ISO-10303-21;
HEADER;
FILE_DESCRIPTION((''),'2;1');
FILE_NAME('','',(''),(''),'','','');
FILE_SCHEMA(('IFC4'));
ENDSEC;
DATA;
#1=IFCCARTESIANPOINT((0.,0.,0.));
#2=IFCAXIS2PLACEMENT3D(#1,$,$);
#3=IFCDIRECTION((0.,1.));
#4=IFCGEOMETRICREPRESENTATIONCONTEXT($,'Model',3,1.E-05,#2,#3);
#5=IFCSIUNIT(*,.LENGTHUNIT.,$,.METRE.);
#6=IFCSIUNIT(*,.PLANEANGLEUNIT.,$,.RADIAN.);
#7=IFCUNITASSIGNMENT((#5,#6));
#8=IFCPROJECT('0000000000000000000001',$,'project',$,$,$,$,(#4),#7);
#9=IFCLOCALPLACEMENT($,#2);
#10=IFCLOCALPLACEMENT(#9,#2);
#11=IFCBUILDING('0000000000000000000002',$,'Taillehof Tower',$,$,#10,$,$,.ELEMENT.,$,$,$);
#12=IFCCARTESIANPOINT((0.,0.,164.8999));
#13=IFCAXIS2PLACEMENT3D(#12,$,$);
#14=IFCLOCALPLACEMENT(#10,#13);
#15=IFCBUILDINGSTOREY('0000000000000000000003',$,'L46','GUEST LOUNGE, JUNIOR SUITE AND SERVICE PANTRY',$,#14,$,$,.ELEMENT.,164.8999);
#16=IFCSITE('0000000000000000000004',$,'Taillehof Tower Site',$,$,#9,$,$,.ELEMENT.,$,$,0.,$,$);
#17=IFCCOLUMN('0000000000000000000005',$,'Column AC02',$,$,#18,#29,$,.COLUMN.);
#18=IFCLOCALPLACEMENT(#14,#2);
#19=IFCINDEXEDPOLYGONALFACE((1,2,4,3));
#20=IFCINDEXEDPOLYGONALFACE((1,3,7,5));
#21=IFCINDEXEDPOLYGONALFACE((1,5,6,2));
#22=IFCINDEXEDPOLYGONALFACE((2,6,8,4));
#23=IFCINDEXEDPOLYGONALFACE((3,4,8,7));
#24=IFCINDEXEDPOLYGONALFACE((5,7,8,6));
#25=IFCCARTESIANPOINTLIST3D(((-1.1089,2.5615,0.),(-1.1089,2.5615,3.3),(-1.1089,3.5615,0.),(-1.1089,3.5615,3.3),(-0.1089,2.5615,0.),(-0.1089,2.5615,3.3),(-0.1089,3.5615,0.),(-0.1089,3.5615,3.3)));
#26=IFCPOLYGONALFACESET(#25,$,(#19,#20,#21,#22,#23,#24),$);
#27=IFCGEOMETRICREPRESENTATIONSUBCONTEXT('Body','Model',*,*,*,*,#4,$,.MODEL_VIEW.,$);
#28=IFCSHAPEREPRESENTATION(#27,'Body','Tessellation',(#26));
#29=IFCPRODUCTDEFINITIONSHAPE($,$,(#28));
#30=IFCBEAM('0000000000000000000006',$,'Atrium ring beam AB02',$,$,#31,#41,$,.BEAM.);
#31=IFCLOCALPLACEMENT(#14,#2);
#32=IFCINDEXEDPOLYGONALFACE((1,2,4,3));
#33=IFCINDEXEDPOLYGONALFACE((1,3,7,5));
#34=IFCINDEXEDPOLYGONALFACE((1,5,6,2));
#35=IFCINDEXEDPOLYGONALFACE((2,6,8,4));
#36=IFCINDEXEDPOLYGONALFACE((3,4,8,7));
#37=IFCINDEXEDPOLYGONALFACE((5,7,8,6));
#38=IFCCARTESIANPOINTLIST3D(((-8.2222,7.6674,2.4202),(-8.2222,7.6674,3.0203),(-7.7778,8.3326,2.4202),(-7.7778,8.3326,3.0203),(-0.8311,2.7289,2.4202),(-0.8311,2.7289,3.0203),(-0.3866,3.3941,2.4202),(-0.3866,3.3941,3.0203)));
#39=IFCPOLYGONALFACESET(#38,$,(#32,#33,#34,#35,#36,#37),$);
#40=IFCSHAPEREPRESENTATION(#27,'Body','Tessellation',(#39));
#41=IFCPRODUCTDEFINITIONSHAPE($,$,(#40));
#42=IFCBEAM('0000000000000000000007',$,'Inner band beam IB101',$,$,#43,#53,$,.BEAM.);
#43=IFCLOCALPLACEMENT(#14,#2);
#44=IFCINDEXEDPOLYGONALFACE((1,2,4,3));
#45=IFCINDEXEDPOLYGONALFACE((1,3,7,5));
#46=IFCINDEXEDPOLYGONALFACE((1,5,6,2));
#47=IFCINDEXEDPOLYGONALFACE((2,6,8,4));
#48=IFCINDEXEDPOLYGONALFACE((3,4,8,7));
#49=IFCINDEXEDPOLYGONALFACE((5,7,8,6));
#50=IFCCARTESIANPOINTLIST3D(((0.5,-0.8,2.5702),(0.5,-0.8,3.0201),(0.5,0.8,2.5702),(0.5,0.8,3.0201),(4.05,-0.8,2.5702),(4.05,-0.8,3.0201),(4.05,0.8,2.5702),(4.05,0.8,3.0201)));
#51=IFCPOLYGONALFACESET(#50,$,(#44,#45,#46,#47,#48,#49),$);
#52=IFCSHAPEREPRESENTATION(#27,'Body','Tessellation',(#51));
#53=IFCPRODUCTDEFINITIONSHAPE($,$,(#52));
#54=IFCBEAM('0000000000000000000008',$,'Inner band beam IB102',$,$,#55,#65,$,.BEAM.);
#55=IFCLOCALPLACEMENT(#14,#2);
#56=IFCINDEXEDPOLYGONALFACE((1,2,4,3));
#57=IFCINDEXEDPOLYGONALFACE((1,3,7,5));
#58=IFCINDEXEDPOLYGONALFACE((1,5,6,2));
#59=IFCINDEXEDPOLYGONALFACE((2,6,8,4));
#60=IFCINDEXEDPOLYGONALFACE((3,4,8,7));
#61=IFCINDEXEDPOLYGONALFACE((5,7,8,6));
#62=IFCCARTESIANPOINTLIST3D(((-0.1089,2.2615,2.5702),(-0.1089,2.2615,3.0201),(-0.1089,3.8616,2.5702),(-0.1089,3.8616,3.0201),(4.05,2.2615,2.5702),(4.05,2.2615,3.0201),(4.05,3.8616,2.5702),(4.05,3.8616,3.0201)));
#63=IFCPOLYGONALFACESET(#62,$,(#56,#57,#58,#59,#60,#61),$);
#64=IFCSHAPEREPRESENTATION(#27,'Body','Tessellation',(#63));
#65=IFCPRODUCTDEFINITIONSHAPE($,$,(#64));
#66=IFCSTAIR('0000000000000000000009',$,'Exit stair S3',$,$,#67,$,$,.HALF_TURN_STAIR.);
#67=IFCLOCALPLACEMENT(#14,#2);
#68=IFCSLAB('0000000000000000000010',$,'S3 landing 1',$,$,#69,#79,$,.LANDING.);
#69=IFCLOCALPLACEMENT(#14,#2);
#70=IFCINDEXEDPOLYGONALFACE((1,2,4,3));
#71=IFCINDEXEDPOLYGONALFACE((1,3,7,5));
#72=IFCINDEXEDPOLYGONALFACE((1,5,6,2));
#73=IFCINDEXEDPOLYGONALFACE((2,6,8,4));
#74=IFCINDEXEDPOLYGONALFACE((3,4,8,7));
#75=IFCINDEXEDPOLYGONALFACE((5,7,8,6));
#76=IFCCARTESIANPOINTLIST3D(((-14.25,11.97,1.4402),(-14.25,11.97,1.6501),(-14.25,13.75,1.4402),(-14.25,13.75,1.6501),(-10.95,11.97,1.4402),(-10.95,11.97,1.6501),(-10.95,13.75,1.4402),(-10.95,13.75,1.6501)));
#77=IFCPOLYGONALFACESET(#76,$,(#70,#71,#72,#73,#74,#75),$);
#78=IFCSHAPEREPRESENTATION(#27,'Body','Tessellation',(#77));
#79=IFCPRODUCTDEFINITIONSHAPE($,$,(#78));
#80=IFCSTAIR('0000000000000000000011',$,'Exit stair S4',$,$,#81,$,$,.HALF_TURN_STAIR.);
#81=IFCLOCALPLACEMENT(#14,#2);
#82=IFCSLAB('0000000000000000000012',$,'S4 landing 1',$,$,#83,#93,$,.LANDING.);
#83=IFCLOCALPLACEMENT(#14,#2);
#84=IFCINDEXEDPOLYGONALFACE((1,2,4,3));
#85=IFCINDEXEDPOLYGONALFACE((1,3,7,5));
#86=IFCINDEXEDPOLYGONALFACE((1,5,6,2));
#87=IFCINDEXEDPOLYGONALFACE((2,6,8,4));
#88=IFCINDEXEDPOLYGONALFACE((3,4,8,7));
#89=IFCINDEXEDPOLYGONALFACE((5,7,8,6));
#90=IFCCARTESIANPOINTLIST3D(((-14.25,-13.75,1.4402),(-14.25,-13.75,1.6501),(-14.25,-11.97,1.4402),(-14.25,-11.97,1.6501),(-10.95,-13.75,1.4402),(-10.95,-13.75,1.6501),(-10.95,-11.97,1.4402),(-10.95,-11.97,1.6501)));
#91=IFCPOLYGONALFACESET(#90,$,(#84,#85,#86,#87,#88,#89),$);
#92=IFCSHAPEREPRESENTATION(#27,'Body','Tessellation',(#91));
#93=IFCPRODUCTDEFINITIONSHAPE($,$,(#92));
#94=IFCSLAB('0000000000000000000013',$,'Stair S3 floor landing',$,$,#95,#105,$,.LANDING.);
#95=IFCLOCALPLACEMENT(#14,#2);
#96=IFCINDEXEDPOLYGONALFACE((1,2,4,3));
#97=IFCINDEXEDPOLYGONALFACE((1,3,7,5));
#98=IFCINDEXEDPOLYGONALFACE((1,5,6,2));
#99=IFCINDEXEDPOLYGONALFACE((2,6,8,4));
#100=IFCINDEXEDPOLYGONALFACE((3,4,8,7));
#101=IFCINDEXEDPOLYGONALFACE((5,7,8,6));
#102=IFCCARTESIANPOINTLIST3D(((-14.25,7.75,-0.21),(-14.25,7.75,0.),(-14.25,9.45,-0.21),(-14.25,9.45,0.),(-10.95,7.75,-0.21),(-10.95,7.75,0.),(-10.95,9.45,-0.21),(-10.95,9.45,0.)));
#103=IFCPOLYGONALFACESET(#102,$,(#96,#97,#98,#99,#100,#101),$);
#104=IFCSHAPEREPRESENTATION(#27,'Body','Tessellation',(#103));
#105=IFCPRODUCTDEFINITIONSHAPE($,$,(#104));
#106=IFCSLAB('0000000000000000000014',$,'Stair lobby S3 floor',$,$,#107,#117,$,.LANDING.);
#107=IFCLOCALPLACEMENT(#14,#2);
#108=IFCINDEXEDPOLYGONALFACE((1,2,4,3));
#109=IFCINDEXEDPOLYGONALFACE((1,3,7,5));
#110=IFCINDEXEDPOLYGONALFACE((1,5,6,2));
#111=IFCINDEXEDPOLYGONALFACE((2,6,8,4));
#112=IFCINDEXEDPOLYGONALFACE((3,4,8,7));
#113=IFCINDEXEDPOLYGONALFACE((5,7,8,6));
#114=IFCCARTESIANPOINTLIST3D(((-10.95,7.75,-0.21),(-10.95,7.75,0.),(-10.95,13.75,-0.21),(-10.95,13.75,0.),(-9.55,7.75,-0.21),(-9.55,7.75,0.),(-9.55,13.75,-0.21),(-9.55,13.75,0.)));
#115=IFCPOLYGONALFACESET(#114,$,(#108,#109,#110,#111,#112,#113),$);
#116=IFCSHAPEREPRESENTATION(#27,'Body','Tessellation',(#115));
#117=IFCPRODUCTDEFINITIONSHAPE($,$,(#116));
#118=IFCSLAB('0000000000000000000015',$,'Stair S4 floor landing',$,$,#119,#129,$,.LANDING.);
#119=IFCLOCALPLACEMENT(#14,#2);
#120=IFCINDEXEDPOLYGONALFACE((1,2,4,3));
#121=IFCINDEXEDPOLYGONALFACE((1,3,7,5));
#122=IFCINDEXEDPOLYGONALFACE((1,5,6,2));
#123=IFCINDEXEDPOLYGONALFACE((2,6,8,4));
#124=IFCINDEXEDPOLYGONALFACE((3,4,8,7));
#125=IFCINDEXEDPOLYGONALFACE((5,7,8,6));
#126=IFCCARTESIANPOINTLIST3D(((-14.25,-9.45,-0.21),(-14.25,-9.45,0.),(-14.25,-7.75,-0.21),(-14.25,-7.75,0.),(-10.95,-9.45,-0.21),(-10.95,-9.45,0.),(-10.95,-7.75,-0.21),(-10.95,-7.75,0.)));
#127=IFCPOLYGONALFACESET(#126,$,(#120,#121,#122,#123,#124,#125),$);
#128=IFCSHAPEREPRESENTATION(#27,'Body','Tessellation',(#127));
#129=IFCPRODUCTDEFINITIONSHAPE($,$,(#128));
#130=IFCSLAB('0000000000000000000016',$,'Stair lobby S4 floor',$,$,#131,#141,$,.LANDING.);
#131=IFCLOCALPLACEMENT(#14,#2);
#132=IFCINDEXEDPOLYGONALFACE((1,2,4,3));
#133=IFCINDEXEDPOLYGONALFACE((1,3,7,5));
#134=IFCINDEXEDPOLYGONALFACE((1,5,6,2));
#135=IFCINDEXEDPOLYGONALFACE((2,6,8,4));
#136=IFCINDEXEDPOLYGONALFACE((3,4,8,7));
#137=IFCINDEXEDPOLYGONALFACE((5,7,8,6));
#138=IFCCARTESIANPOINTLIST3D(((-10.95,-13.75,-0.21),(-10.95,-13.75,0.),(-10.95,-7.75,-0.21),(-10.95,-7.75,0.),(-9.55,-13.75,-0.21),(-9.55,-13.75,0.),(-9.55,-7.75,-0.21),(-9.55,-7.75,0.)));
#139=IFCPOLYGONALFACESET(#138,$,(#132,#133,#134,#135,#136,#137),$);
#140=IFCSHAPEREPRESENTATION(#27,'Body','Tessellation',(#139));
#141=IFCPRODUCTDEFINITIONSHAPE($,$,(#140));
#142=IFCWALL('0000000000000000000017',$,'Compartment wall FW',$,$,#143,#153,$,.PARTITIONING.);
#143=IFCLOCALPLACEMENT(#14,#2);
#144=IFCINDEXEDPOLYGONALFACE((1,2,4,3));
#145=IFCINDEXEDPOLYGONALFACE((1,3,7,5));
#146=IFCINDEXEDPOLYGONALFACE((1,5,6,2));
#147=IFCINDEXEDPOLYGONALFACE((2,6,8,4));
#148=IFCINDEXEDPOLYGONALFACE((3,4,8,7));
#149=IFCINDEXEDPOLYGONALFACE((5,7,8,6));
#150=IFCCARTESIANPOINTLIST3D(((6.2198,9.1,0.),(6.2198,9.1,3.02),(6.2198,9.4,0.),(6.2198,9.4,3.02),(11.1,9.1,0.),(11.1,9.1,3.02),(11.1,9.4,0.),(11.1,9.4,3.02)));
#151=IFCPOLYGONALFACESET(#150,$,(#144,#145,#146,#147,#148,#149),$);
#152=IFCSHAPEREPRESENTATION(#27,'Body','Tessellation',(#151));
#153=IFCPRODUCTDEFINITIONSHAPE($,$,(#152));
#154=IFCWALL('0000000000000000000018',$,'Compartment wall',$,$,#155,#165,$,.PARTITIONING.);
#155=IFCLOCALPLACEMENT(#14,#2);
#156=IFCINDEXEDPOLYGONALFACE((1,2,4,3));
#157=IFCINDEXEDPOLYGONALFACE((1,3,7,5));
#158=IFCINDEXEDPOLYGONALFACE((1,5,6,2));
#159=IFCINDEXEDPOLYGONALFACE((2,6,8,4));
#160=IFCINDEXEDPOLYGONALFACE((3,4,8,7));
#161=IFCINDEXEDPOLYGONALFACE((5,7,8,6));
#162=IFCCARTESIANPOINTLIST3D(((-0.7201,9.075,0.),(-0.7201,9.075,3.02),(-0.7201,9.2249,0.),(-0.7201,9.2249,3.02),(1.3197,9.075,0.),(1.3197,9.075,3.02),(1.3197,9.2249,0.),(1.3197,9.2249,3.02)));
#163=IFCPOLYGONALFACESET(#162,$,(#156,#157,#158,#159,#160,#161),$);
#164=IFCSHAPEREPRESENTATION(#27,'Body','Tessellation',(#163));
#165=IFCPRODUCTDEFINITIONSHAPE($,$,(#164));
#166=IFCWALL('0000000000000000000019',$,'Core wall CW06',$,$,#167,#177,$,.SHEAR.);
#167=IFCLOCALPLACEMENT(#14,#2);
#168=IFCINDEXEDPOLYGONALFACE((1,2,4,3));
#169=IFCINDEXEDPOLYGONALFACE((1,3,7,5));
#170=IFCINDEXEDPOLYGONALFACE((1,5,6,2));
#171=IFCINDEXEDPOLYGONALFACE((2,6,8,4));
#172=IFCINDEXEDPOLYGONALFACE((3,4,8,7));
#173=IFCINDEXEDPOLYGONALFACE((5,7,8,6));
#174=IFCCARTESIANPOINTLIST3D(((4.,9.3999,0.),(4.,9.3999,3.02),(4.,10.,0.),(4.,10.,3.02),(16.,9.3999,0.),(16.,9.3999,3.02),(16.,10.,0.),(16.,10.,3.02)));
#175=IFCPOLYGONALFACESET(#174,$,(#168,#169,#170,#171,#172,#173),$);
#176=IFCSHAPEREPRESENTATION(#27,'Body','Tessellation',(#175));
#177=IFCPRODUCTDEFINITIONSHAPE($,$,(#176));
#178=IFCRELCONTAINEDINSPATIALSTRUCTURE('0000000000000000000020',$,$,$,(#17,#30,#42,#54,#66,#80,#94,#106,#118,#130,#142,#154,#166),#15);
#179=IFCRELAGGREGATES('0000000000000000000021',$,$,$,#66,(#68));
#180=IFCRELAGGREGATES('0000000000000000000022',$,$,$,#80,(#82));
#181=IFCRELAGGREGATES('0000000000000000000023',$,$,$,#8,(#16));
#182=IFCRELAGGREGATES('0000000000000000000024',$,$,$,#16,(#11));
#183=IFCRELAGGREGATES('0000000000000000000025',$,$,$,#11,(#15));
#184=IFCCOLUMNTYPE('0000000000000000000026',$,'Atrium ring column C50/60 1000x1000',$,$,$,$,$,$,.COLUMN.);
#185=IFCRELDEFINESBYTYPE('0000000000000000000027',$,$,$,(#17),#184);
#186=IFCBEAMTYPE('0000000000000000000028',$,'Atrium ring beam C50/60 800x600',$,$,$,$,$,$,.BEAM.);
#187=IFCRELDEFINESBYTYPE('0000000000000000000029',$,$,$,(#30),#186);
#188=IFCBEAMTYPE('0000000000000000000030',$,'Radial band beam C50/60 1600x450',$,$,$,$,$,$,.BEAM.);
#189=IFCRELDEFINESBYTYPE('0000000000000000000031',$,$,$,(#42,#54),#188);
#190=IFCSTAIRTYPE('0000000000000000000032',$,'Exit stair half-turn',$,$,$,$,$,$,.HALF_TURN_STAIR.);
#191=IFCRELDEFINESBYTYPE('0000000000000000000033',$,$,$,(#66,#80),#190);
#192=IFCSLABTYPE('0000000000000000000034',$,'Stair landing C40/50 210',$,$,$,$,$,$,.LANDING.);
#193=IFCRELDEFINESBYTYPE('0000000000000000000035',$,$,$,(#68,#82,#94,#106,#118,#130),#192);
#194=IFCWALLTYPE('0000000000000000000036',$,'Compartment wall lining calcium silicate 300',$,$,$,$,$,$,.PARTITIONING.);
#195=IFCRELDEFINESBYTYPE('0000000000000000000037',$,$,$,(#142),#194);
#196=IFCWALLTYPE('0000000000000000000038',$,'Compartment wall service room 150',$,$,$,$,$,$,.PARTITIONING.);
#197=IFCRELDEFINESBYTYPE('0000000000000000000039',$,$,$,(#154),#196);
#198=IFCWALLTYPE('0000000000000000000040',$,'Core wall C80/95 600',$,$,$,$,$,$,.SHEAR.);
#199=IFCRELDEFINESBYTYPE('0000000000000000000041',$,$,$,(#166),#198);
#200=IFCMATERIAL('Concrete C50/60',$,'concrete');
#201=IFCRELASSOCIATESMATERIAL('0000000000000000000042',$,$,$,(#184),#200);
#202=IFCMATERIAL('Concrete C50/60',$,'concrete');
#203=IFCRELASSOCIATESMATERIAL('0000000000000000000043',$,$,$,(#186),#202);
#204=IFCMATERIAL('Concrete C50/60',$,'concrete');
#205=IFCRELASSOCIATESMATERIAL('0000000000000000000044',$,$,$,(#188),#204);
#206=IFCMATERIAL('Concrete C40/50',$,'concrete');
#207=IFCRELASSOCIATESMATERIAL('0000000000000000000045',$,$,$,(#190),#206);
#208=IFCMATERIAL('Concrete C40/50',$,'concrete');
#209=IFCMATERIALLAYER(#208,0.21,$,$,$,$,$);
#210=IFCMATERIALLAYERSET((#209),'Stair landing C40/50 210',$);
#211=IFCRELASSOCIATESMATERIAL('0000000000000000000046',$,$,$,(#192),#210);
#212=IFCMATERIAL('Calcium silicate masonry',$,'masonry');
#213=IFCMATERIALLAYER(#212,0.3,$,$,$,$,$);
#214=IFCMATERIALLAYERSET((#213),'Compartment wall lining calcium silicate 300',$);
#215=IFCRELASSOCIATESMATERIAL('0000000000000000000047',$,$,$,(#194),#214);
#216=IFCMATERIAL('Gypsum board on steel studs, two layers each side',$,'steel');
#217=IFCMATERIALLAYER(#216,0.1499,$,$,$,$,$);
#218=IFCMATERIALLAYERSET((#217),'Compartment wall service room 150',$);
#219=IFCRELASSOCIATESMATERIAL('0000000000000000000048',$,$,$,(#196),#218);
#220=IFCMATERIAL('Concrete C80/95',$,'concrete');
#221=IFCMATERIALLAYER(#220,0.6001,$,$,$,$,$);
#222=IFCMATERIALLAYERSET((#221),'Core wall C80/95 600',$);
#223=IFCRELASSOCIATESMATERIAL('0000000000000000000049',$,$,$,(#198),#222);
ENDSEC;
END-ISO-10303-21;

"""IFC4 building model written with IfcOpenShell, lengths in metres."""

from ifc_helpers import new_model, si_unit, direction, frame, frame_2d, origin, origin_2d, place, context, subcontext, project, spatial, polyline, rectangle, outline, extrude, material, layer, layer_set, material_profile, profile_set, type_object, element, aggregate, save


model = new_model("IFC4")

# Units and contexts
model_context = context("Model", 3, precision=1e-05, world=origin(), true_north=direction((0.0, 1.0)))
body_context = subcontext(model_context, "Body", "Model", "MODEL_VIEW")
ifc_project = project(units=[si_unit("LENGTHUNIT", "METRE"), si_unit("PLANEANGLEUNIT", "RADIAN")], contexts=[model_context])

# Site, building, storey
site_placement = place(None, origin())
site = spatial("IfcSite", under=ifc_project, at=site_placement, Name="Taillehof Tower Site", CompositionType="ELEMENT", RefElevation=0.0)
building_placement = place(site_placement, origin())
building = spatial("IfcBuilding", under=site, at=building_placement, Name="Taillehof Tower", CompositionType="ELEMENT")
storey_placement = place(building_placement, frame((0.0, 0.0, 164.8999)))
storey = spatial("IfcBuildingStorey", under=building, at=storey_placement, Name="L46", Description="GUEST LOUNGE, JUNIOR SUITE AND SERVICE PANTRY", CompositionType="ELEMENT", Elevation=164.8999)

# Column
ifc_material_1 = material(Name="Concrete C50/60", Category="concrete")
ifc_material_profile_1 = material_profile(ifc_material_1, rectangle(XDim=1.0, YDim=1.0, at=origin_2d()), Name="RC 1000x1000")
ifc_profile_set_1 = profile_set([ifc_material_profile_1], Name="Concrete C50/60")
column_type = type_object("IfcColumnType", Name="Atrium ring column C50/60 1000x1000", PredefinedType="COLUMN", material=ifc_profile_set_1)
column_placement = place(storey_placement, frame((-0.6089, 3.0615, 0.0), z_axis=(0.0, 0.0, 1.0), x_axis=(1.0, 0.0, 0.0)))
element("IfcColumn", 1, at=column_placement, inside=storey, type_object=column_type, Name="Column AC02", PredefinedType="COLUMN", context=body_context, shape_type="SweptSolid", body=[
    extrude(rectangle(XDim=1.0, YDim=1.0, at=origin_2d()), origin(), (0.0, 0.0, 1.0), 3.3),
])

# Beams
ifc_material_2 = material(Name="Concrete C50/60", Category="concrete")
ifc_material_profile_2 = material_profile(ifc_material_2, rectangle(XDim=0.8, YDim=0.6001, at=origin_2d()), Name="RC 800x600")
ifc_profile_set_2 = profile_set([ifc_material_profile_2], Name="Concrete C50/60")
beam_type_1 = type_object("IfcBeamType", Name="Atrium ring beam C50/60 800x600", PredefinedType="BEAM", material=ifc_profile_set_2)
beam_1_placement = place(storey_placement, frame((-0.6089, 3.0615, 2.7202), z_axis=(-0.831475, 0.555562, 0.0), x_axis=(-0.555562, -0.831475, 0.0)))
element("IfcBeam", 2, at=beam_1_placement, inside=storey, type_object=beam_type_1, Name="Atrium ring beam AB02", PredefinedType="BEAM", context=body_context, shape_type="SweptSolid", body=[
    extrude(rectangle(XDim=0.8, YDim=0.6001, at=origin_2d()), origin(), (0.0, 0.0, 1.0), 8.8892),
])
ifc_material_3 = material(Name="Concrete C50/60", Category="concrete")
ifc_material_profile_3 = material_profile(ifc_material_3, rectangle(XDim=1.6001, YDim=0.45, at=origin_2d()), Name="RC 1600x450")
ifc_profile_set_3 = profile_set([ifc_material_profile_3], Name="Concrete C50/60")
beam_type_2 = type_object("IfcBeamType", Name="Radial band beam C50/60 1600x450", PredefinedType="BEAM", material=ifc_profile_set_3)
beam_2_placement = place(storey_placement, frame((0.5, 0.0, 2.7952), z_axis=(1.0, 0.0, 0.0), x_axis=(0.0, 1.0, 0.0)))
element("IfcBeam", 3, at=beam_2_placement, inside=storey, type_object=beam_type_2, Name="Inner band beam IB101", PredefinedType="BEAM", context=body_context, shape_type="SweptSolid", body=[
    extrude(rectangle(XDim=1.6001, YDim=0.45, at=origin_2d()), origin(), (0.0, 0.0, 1.0), 3.55),
])
beam_3_placement = place(storey_placement, frame((-0.1089, 3.0615, 2.7952), z_axis=(1.0, 0.0, 0.0), x_axis=(0.0, 1.0, 0.0)))
element("IfcBeam", 4, at=beam_3_placement, inside=storey, type_object=beam_type_2, Name="Inner band beam IB102", PredefinedType="BEAM", context=body_context, shape_type="SweptSolid", body=[
    extrude(rectangle(XDim=1.6001, YDim=0.45, at=origin_2d()), origin(), (0.0, 0.0, 1.0), 4.1589),
])

# Stairs, slabs
ifc_material_4 = material(Name="Concrete C40/50", Category="concrete")
stair_type = type_object("IfcStairType", Name="Exit stair half-turn", PredefinedType="HALF_TURN_STAIR", material=ifc_material_4)
stair_1_placement = place(storey_placement, origin())
stair_1 = element("IfcStair", 5, at=stair_1_placement, inside=storey, type_object=stair_type, Name="Exit stair S3", PredefinedType="HALF_TURN_STAIR")
ifc_material_5 = material(Name="Concrete C40/50", Category="concrete")
ifc_layer_1 = layer(ifc_material_5, 0.21)
ifc_layer_set_1 = layer_set([ifc_layer_1], Name="Stair landing C40/50 210")
slab_type = type_object("IfcSlabType", Name="Stair landing C40/50 210", PredefinedType="LANDING", material=ifc_layer_set_1)
slab_1_placement = place(storey_placement, frame((0.0, 0.0, 1.4402)))
slab_1 = element("IfcSlab", 6, at=slab_1_placement, type_object=slab_type, Name="S3 landing 1", PredefinedType="LANDING", context=body_context, shape_type="SweptSolid", body=[
    extrude(outline(polyline([(-14.25, 11.97), (-14.25, 13.75), (-10.95, 13.75), (-10.95, 11.97), (-14.25, 11.97)])), origin(), (0.0, 0.0, 1.0), 0.21),
])
aggregate(stair_1, [slab_1])
stair_2_placement = place(storey_placement, origin())
stair_2 = element("IfcStair", 7, at=stair_2_placement, inside=storey, type_object=stair_type, Name="Exit stair S4", PredefinedType="HALF_TURN_STAIR")
slab_2_placement = place(storey_placement, frame((0.0, 0.0, 1.4402)))
slab_2 = element("IfcSlab", 8, at=slab_2_placement, type_object=slab_type, Name="S4 landing 1", PredefinedType="LANDING", context=body_context, shape_type="SweptSolid", body=[
    extrude(outline(polyline([(-14.25, -11.97), (-14.25, -13.75), (-10.95, -13.75), (-10.95, -11.97), (-14.25, -11.97)])), origin(), (0.0, 0.0, 1.0), 0.21),
])
aggregate(stair_2, [slab_2])

# Slabs
slab_3_placement = place(storey_placement, frame((0.0, 0.0, -0.21)))
element("IfcSlab", 9, at=slab_3_placement, inside=storey, type_object=slab_type, Name="Stair S3 floor landing", PredefinedType="LANDING", context=body_context, shape_type="SweptSolid", body=[
    extrude(outline(polyline([(-14.25, 7.75), (-14.25, 9.45), (-10.95, 9.45), (-10.95, 7.75), (-14.25, 7.75)])), origin(), (0.0, 0.0, 1.0), 0.21),
])
slab_4_placement = place(storey_placement, frame((0.0, 0.0, -0.21)))
element("IfcSlab", 10, at=slab_4_placement, inside=storey, type_object=slab_type, Name="Stair lobby S3 floor", PredefinedType="LANDING", context=body_context, shape_type="SweptSolid", body=[
    extrude(outline(polyline([(-10.95, 7.75), (-9.55, 7.75), (-9.55, 13.75), (-10.95, 13.75), (-10.95, 7.75)])), origin(), (0.0, 0.0, 1.0), 0.21),
])
slab_5_placement = place(storey_placement, frame((0.0, 0.0, -0.21)))
element("IfcSlab", 11, at=slab_5_placement, inside=storey, type_object=slab_type, Name="Stair S4 floor landing", PredefinedType="LANDING", context=body_context, shape_type="SweptSolid", body=[
    extrude(outline(polyline([(-14.25, -7.75), (-14.25, -9.45), (-10.95, -9.45), (-10.95, -7.75), (-14.25, -7.75)])), origin(), (0.0, 0.0, 1.0), 0.21),
])
slab_6_placement = place(storey_placement, frame((0.0, 0.0, -0.21)))
element("IfcSlab", 12, at=slab_6_placement, inside=storey, type_object=slab_type, Name="Stair lobby S4 floor", PredefinedType="LANDING", context=body_context, shape_type="SweptSolid", body=[
    extrude(outline(polyline([(-10.95, -13.75), (-9.55, -13.75), (-9.55, -7.75), (-10.95, -7.75), (-10.95, -13.75)])), origin(), (0.0, 0.0, 1.0), 0.21),
])

# Walls
ifc_material_6 = material(Name="Calcium silicate masonry", Category="masonry")
ifc_layer_2 = layer(ifc_material_6, 0.3)
ifc_layer_set_2 = layer_set([ifc_layer_2], Name="Compartment wall lining calcium silicate 300")
wall_type_1 = type_object("IfcWallType", Name="Compartment wall lining calcium silicate 300", PredefinedType="PARTITIONING", material=ifc_layer_set_2)
wall_1_placement = place(storey_placement, frame((6.22, 9.25, 0.0), z_axis=(0.0, 0.0, 1.0), x_axis=(1.0, 0.0, 0.0)))
element("IfcWall", 13, at=wall_1_placement, inside=storey, type_object=wall_type_1, Name="Compartment wall FW", PredefinedType="PARTITIONING", context=body_context, shape_type="SweptSolid", body=[
    extrude(rectangle(XDim=4.8801, YDim=0.3, at=frame_2d((2.4399, 0.0))), origin(), (0.0, 0.0, 1.0), 3.02),
])
ifc_material_7 = material(Name="Gypsum board on steel studs, two layers each side", Category="steel")
ifc_layer_3 = layer(ifc_material_7, 0.1499)
ifc_layer_set_3 = layer_set([ifc_layer_3], Name="Compartment wall service room 150")
wall_type_2 = type_object("IfcWallType", Name="Compartment wall service room 150", PredefinedType="PARTITIONING", material=ifc_layer_set_3)
wall_2_placement = place(storey_placement, frame((1.3198, 9.1499, 0.0), z_axis=(0.0, 0.0, 1.0), x_axis=(-1.0, 0.0, 0.0)))
element("IfcWall", 14, at=wall_2_placement, inside=storey, type_object=wall_type_2, Name="Compartment wall", PredefinedType="PARTITIONING", context=body_context, shape_type="SweptSolid", body=[
    extrude(rectangle(XDim=2.0398, YDim=0.1499, at=frame_2d((1.02, 0.0))), origin(), (0.0, 0.0, 1.0), 3.02),
])
ifc_material_8 = material(Name="Concrete C80/95", Category="concrete")
ifc_layer_4 = layer(ifc_material_8, 0.6001)
ifc_layer_set_4 = layer_set([ifc_layer_4], Name="Core wall C80/95 600")
wall_type_3 = type_object("IfcWallType", Name="Core wall C80/95 600", PredefinedType="SHEAR", material=ifc_layer_set_4)
wall_3_placement = place(storey_placement, frame((4.0, 9.7, 0.0), z_axis=(0.0, 0.0, 1.0), x_axis=(1.0, 0.0, 0.0)))
element("IfcWall", 15, at=wall_3_placement, inside=storey, type_object=wall_type_3, Name="Core wall CW06", PredefinedType="SHEAR", context=body_context, shape_type="SweptSolid", body=[
    extrude(rectangle(XDim=12.0, YDim=0.6001, at=frame_2d((6.0, 0.0))), origin(), (0.0, 0.0, 1.0), 3.02),
])

save(model, "model.ifc")
